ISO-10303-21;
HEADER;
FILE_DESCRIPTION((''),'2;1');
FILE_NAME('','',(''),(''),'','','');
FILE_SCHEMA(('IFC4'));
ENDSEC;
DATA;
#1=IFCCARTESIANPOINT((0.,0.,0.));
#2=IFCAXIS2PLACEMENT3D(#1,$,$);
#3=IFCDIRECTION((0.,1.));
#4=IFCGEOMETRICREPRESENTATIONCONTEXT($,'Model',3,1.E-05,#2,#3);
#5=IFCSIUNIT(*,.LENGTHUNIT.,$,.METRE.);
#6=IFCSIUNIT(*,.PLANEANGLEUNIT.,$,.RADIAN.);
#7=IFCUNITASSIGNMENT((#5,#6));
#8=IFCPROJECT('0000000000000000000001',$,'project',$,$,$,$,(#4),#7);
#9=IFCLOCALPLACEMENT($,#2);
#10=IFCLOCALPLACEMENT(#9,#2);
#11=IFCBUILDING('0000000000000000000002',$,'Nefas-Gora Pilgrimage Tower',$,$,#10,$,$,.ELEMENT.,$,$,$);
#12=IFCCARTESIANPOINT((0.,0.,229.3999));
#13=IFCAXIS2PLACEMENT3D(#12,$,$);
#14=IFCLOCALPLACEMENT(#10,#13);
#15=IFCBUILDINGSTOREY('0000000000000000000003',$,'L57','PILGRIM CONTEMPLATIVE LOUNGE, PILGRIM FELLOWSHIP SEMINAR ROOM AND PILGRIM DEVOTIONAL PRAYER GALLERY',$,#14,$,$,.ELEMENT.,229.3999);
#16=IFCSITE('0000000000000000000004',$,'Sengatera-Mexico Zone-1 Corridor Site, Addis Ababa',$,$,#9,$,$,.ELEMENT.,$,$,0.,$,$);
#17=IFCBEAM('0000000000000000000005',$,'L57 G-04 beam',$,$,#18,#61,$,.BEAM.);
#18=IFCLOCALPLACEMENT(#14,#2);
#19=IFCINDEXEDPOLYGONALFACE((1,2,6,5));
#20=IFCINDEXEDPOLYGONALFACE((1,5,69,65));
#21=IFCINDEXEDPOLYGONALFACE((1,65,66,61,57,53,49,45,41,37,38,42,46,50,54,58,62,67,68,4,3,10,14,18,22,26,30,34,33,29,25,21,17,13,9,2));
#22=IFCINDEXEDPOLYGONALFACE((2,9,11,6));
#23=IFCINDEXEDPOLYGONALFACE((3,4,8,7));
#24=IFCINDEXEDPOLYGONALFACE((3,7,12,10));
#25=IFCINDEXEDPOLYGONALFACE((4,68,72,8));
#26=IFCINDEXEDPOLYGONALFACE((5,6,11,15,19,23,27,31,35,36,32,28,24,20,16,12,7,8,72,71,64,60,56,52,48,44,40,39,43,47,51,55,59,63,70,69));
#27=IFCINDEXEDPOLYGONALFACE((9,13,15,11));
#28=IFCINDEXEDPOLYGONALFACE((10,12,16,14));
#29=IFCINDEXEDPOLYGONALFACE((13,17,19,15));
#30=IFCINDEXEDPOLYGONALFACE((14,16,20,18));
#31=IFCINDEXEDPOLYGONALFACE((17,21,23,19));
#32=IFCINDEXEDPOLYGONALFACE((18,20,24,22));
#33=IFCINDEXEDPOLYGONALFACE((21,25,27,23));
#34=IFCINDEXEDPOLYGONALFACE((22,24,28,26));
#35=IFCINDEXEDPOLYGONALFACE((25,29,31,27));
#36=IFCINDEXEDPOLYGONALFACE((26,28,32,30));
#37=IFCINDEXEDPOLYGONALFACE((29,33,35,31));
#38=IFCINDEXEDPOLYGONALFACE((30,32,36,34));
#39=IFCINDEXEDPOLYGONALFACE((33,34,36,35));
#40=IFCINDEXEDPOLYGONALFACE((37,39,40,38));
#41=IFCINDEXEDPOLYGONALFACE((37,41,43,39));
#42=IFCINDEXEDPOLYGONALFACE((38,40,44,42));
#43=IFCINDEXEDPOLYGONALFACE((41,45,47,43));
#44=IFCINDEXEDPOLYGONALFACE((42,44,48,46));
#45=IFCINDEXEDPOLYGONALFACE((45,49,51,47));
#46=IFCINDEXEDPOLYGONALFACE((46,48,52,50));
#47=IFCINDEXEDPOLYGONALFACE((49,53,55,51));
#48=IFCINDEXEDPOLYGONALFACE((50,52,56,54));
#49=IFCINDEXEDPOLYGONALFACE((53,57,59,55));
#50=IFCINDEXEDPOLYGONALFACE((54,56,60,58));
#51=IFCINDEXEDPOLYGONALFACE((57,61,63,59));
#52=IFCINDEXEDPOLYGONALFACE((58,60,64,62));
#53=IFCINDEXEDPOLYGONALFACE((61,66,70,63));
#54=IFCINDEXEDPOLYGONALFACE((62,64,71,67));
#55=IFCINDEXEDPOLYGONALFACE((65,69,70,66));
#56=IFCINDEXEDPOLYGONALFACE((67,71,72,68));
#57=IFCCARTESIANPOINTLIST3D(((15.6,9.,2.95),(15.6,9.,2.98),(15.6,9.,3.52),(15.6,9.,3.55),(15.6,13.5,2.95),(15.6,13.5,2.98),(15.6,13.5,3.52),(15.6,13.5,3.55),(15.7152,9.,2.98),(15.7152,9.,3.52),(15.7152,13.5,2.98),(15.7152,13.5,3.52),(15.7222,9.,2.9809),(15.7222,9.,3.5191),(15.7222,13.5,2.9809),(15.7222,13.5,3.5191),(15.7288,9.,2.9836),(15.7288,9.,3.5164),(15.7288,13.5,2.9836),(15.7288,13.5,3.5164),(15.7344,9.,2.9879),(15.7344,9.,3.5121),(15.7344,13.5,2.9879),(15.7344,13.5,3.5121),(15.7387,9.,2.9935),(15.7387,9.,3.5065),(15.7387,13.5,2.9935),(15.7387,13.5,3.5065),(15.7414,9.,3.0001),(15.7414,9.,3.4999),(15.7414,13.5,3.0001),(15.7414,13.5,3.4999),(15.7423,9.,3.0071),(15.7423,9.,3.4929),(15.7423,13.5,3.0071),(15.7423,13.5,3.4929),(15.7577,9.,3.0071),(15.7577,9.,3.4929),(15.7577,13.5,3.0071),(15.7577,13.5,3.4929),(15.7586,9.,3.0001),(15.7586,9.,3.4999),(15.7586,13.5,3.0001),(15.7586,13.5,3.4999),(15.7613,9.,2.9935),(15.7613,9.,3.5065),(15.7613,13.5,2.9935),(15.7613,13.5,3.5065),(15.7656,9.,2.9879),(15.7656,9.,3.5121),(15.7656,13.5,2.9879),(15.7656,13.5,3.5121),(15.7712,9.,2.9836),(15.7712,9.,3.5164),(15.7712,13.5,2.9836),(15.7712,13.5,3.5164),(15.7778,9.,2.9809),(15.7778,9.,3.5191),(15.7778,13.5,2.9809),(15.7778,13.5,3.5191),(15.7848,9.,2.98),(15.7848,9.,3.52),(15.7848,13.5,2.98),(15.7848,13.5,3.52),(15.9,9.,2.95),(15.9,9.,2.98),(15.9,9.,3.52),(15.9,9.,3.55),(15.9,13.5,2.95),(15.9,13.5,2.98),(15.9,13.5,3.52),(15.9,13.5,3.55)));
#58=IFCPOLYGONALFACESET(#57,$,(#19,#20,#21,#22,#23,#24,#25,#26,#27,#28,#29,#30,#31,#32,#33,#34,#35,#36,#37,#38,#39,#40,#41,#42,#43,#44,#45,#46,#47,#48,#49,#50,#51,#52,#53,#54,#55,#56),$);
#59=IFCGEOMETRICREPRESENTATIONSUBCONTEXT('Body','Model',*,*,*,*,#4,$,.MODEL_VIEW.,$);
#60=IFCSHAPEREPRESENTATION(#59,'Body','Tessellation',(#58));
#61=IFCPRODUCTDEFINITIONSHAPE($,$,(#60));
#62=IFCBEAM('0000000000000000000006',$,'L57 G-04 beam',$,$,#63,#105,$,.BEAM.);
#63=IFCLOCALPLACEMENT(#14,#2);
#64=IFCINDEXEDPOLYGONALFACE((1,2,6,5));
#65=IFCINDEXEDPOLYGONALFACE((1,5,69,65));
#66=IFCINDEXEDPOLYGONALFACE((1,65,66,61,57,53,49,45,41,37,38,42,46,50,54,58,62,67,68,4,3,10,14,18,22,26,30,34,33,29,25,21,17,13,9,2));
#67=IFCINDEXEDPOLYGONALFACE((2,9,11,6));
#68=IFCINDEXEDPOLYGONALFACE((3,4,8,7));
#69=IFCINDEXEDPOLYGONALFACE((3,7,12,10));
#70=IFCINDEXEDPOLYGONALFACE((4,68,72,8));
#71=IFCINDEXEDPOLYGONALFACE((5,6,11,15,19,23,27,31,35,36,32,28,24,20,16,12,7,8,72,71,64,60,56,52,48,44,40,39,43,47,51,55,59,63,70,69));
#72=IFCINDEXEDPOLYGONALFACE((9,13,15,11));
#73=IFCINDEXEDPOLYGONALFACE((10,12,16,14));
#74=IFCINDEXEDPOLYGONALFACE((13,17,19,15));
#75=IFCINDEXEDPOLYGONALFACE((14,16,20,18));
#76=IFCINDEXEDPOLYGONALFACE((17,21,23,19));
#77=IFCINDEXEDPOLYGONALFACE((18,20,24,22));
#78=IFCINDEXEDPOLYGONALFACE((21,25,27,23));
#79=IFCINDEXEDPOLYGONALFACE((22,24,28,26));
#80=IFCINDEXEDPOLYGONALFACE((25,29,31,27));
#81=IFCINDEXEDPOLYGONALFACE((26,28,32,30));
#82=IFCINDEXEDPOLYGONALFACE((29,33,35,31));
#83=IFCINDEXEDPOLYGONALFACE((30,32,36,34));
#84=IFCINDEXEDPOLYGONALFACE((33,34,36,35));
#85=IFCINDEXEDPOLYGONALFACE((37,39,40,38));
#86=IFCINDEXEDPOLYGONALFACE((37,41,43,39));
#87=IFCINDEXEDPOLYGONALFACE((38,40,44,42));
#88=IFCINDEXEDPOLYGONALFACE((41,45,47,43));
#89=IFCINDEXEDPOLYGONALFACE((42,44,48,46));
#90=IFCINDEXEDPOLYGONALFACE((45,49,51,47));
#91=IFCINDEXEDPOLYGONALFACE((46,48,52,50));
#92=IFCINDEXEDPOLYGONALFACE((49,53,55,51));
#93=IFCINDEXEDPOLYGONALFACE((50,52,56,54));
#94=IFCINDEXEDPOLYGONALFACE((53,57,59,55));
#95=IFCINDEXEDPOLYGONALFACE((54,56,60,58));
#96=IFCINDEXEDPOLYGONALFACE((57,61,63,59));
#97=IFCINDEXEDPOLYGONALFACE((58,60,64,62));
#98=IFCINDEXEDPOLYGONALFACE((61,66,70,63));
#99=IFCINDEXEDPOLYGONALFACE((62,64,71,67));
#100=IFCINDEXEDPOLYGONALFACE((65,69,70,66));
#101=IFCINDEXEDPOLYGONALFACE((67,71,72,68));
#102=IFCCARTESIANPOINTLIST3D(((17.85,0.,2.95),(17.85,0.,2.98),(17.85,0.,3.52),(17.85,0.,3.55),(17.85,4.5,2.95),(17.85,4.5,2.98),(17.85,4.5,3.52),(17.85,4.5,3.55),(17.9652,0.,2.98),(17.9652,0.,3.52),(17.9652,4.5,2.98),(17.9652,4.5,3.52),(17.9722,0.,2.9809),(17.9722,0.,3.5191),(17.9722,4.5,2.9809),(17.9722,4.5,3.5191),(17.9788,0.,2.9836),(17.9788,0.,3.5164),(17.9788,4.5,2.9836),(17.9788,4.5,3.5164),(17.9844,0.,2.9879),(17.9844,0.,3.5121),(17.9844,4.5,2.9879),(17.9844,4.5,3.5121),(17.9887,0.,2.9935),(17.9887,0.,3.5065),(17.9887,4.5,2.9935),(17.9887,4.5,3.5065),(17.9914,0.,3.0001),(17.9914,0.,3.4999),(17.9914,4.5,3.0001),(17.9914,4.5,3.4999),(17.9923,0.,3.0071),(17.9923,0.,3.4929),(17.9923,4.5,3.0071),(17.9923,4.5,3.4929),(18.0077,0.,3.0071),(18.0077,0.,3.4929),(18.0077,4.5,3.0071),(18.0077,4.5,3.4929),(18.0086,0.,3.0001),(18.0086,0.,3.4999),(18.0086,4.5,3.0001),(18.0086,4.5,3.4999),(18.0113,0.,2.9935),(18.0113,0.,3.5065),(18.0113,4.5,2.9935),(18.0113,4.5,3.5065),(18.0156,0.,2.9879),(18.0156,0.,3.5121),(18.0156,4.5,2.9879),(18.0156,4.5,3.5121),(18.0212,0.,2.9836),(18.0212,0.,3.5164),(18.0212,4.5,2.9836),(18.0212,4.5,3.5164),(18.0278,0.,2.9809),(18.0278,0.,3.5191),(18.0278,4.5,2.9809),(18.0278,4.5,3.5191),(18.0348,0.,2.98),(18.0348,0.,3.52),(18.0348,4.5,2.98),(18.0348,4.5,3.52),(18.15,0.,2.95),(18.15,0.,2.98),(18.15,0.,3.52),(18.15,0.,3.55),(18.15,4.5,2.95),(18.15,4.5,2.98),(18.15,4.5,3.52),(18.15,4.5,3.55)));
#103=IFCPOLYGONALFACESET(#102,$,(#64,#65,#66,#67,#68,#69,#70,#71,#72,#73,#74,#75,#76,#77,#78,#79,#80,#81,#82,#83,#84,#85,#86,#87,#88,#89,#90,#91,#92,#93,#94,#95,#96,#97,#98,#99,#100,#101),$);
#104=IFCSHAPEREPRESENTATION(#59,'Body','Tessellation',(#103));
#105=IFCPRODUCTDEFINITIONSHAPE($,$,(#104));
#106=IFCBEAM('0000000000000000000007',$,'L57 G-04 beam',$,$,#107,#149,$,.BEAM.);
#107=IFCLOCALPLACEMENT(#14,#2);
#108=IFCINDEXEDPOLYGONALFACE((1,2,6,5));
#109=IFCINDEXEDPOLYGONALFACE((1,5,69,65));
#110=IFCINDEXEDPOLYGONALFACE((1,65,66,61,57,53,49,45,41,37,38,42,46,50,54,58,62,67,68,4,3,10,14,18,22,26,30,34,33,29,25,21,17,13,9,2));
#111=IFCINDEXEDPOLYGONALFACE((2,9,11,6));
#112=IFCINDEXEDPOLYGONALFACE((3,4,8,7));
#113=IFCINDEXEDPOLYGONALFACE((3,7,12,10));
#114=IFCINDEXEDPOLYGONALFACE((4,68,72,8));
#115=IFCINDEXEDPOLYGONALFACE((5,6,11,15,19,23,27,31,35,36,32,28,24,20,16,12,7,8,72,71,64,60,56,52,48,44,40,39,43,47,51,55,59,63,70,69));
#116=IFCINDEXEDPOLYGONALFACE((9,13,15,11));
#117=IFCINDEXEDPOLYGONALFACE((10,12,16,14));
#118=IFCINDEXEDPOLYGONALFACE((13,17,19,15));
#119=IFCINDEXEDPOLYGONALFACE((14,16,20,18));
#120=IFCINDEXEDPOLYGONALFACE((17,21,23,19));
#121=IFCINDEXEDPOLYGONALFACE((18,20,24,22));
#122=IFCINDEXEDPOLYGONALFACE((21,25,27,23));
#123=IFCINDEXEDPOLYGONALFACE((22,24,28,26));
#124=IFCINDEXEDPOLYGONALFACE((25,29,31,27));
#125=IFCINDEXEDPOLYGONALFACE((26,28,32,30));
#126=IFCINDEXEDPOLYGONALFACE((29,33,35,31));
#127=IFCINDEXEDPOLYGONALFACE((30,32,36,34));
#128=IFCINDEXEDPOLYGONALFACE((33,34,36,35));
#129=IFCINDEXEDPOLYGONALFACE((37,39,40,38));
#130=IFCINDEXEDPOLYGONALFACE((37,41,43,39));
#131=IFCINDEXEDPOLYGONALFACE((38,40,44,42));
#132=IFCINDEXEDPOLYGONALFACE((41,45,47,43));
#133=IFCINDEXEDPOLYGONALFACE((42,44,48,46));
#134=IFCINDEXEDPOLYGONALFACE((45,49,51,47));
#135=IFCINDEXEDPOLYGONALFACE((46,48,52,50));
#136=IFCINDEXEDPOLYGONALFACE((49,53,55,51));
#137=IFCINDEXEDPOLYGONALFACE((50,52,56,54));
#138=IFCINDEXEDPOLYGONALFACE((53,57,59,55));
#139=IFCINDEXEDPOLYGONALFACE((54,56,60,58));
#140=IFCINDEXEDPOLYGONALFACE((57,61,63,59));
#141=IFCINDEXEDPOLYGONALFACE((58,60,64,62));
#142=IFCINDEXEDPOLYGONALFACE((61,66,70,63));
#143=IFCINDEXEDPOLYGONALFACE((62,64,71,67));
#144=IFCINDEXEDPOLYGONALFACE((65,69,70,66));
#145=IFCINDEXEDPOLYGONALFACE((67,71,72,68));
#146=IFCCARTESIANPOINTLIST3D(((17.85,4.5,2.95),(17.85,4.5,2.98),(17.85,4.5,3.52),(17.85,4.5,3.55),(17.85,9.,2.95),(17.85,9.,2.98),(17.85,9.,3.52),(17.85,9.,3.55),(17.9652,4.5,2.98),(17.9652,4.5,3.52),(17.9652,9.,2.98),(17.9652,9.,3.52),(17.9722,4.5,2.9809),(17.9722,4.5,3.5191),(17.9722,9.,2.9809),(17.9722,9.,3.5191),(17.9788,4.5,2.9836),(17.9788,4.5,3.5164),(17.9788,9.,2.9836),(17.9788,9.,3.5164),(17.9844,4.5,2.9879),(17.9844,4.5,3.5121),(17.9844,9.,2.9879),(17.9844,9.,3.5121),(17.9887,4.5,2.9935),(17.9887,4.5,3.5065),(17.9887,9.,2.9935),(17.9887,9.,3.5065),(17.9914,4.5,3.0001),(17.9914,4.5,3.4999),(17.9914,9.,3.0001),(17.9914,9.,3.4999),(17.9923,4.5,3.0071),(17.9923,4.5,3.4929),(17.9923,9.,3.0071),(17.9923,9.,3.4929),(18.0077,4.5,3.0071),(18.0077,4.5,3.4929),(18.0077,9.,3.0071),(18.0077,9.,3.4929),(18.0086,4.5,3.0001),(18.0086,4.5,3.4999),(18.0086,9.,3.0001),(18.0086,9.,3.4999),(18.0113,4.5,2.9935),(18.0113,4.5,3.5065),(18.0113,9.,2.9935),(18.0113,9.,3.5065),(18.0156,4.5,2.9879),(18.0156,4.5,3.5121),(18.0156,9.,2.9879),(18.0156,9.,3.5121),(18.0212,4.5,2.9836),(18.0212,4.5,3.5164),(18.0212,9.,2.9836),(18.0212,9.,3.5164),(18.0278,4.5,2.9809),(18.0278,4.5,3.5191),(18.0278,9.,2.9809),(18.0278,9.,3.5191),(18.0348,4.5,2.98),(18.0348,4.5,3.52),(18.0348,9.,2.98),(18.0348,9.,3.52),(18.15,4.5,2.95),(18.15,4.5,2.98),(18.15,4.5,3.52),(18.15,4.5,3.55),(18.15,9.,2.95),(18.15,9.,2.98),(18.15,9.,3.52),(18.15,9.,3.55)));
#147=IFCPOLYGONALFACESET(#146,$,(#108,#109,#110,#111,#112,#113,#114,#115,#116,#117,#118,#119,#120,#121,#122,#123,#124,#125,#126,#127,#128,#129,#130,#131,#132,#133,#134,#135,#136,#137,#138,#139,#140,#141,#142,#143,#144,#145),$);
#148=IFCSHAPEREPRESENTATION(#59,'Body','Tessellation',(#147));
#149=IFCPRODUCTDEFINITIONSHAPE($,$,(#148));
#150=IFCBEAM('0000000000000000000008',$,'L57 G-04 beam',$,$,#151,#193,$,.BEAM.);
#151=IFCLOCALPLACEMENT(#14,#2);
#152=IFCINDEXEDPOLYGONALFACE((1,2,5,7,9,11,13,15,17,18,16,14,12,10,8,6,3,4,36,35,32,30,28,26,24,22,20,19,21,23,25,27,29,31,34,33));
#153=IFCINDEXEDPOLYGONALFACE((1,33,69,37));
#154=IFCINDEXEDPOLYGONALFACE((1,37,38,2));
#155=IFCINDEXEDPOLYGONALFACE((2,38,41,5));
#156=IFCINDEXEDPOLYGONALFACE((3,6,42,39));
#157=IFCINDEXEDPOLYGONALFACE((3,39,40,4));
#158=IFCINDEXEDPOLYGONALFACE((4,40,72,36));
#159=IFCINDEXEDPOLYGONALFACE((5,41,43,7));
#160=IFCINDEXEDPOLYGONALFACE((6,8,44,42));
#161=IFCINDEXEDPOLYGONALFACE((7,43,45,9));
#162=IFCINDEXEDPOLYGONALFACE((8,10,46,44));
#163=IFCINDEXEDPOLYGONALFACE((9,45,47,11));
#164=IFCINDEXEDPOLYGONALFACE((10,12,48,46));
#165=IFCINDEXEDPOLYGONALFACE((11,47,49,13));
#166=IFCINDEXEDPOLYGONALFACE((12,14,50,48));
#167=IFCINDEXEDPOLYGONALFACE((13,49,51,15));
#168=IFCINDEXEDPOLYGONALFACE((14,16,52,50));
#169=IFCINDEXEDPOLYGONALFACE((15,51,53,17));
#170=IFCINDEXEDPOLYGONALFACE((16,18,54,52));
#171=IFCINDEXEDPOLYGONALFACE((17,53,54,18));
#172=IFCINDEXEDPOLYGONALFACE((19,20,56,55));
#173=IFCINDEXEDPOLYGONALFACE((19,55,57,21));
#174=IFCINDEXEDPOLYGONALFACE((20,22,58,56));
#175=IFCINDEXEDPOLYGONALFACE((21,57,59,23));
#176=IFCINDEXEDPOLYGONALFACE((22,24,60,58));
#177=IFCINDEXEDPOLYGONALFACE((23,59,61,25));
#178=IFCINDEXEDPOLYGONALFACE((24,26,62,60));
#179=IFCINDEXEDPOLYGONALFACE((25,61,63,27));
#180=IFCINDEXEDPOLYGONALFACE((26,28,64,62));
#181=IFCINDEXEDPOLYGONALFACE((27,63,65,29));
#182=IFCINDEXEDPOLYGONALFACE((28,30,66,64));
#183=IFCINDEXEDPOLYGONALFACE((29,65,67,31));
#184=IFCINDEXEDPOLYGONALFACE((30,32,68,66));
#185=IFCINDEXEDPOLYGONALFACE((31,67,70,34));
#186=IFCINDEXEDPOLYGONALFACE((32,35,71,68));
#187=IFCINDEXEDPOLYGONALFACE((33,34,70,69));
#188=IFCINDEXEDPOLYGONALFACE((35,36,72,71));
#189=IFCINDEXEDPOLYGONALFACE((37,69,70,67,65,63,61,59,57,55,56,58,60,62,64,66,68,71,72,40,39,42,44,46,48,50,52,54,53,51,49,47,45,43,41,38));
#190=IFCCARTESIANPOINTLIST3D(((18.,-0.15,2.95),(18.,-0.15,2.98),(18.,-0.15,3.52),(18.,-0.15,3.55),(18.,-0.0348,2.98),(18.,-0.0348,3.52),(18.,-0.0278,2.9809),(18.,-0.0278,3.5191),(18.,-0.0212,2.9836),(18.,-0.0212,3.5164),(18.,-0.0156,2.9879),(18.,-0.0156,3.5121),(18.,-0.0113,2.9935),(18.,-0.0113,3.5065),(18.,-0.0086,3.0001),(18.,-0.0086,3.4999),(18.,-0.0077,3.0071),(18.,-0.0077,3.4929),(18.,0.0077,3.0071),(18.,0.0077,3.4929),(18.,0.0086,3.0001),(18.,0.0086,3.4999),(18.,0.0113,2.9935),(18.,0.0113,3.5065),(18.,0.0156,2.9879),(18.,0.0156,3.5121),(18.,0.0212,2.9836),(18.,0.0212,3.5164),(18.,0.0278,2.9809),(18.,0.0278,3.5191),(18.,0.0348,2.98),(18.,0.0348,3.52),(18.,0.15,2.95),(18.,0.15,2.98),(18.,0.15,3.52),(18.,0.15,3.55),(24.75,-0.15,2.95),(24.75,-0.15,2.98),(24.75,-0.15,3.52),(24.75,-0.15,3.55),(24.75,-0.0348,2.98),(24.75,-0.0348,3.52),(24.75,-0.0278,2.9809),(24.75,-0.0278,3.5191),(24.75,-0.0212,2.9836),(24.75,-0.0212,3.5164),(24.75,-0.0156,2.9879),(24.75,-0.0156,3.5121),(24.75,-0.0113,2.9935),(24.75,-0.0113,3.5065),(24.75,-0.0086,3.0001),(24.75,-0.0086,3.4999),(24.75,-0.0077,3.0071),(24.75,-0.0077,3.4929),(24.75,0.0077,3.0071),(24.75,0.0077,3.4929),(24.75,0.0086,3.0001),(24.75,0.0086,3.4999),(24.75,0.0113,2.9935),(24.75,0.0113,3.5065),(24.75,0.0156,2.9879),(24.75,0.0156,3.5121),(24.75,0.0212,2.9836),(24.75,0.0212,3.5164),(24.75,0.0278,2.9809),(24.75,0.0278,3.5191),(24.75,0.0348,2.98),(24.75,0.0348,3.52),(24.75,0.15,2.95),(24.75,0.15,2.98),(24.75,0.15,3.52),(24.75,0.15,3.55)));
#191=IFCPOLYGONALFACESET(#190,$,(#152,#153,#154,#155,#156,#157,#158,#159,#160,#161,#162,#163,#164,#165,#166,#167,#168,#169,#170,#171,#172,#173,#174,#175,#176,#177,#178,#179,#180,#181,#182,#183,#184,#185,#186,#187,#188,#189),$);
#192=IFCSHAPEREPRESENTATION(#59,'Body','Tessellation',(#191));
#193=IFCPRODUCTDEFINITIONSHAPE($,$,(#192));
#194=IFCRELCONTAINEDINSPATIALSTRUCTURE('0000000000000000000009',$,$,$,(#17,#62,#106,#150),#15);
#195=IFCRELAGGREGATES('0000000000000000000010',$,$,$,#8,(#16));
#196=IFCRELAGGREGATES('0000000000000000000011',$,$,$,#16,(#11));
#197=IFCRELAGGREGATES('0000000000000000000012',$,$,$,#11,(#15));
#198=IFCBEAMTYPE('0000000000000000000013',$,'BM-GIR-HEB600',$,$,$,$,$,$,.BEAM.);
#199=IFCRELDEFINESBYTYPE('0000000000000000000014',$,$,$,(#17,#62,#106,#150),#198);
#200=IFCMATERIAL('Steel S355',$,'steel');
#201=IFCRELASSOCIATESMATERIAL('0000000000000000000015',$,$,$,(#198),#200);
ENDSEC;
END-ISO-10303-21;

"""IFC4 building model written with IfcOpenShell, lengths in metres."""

from ifc_helpers import new_model, si_unit, direction, frame, origin, origin_2d, place, context, subcontext, project, spatial, i_section, extrude, source, transform, mapped, material, material_profile, profile_set, type_object, element, save


model = new_model("IFC4")

# Units and contexts
model_context = context("Model", 3, precision=1e-05, world=origin(), true_north=direction((0.0, 1.0)))
body_context = subcontext(model_context, "Body", "Model", "MODEL_VIEW")
ifc_project = project(units=[si_unit("LENGTHUNIT", "METRE"), si_unit("PLANEANGLEUNIT", "RADIAN")], contexts=[model_context])

# Site, building, storey
site_placement = place(None, origin())
site = spatial("IfcSite", under=ifc_project, at=site_placement, Name="Sengatera-Mexico Zone-1 Corridor Site, Addis Ababa", CompositionType="ELEMENT", RefElevation=0.0)
building_placement = place(site_placement, origin())
building = spatial("IfcBuilding", under=site, at=building_placement, Name="Nefas-Gora Pilgrimage Tower", CompositionType="ELEMENT")
storey_placement = place(building_placement, frame((0.0, 0.0, 229.3999)))
storey = spatial("IfcBuildingStorey", under=building, at=storey_placement, Name="L57", Description="PILGRIM CONTEMPLATIVE LOUNGE, PILGRIM FELLOWSHIP SEMINAR ROOM AND PILGRIM DEVOTIONAL PRAYER GALLERY", CompositionType="ELEMENT", Elevation=229.3999)

# Beams
ifc_material_1 = material(Name="Steel S355", Category="steel")
ifc_material_profile_1 = material_profile(ifc_material_1, i_section(OverallWidth=0.3, OverallDepth=0.6001, WebThickness=0.0154, FlangeThickness=0.03, FilletRadius=0.0271, at=origin_2d()), Name="HEB 600")
ifc_profile_set_1 = profile_set([ifc_material_profile_1], Name="Steel S355")
beam_type_1 = type_object("IfcBeamType", Name="BM-GIR-HEB600", PredefinedType="BEAM", material=ifc_profile_set_1)
shared_shape_1 = source(origin(), body_context, "Body", "SweptSolid", [
    extrude(i_section(OverallWidth=0.3, OverallDepth=0.6001, WebThickness=0.0154, FlangeThickness=0.03, FilletRadius=0.0271, at=origin_2d()), origin(), (0.0, 0.0, 1.0), 4.5),
])
for number, where, z_axis, x_axis, name in (
    (1, (15.75, 9.0, 3.25), (0.0, 1.0, 0.0), (-1.0, 0.0, 0.0), "L57 G-04 beam"),
    (2, (18.0, 0.0, 3.25), (0.0, 1.0, 0.0), (-1.0, 0.0, 0.0), "L57 G-04 beam"),
    (3, (18.0, 4.5, 3.25), (0.0, 1.0, 0.0), (-1.0, 0.0, 0.0), "L57 G-04 beam"),
):
    element("IfcBeam", number, at=place(storey_placement, frame(where, z_axis=z_axis, x_axis=x_axis)), inside=storey, type_object=beam_type_1, Name=name, PredefinedType="BEAM", context=body_context, shape_type="MappedRepresentation", body=[
        mapped(shared_shape_1, transform((0.0, 0.0, 0.0), x_axis=(1.0, 0.0, 0.0), y_axis=(0.0, 1.0, 0.0), z_axis=(0.0, 0.0, 1.0), scale=1.0)),
    ])
shared_shape_2 = source(origin(), body_context, "Body", "SweptSolid", [
    extrude(i_section(OverallWidth=0.3, OverallDepth=0.6001, WebThickness=0.0154, FlangeThickness=0.03, FilletRadius=0.0271, at=origin_2d()), origin(), (0.0, 0.0, 1.0), 6.75),
])
for number, where, z_axis, x_axis, name in (
    (4, (18.0, 0.0, 3.25), (1.0, 0.0, 0.0), (0.0, 1.0, 0.0), "L57 G-04 beam"),
):
    element("IfcBeam", number, at=place(storey_placement, frame(where, z_axis=z_axis, x_axis=x_axis)), inside=storey, type_object=beam_type_1, Name=name, PredefinedType="BEAM", context=body_context, shape_type="MappedRepresentation", body=[
        mapped(shared_shape_2, transform((0.0, 0.0, 0.0), x_axis=(1.0, 0.0, 0.0), y_axis=(0.0, 1.0, 0.0), z_axis=(0.0, 0.0, 1.0), scale=1.0)),
    ])

save(model, "model.ifc")
